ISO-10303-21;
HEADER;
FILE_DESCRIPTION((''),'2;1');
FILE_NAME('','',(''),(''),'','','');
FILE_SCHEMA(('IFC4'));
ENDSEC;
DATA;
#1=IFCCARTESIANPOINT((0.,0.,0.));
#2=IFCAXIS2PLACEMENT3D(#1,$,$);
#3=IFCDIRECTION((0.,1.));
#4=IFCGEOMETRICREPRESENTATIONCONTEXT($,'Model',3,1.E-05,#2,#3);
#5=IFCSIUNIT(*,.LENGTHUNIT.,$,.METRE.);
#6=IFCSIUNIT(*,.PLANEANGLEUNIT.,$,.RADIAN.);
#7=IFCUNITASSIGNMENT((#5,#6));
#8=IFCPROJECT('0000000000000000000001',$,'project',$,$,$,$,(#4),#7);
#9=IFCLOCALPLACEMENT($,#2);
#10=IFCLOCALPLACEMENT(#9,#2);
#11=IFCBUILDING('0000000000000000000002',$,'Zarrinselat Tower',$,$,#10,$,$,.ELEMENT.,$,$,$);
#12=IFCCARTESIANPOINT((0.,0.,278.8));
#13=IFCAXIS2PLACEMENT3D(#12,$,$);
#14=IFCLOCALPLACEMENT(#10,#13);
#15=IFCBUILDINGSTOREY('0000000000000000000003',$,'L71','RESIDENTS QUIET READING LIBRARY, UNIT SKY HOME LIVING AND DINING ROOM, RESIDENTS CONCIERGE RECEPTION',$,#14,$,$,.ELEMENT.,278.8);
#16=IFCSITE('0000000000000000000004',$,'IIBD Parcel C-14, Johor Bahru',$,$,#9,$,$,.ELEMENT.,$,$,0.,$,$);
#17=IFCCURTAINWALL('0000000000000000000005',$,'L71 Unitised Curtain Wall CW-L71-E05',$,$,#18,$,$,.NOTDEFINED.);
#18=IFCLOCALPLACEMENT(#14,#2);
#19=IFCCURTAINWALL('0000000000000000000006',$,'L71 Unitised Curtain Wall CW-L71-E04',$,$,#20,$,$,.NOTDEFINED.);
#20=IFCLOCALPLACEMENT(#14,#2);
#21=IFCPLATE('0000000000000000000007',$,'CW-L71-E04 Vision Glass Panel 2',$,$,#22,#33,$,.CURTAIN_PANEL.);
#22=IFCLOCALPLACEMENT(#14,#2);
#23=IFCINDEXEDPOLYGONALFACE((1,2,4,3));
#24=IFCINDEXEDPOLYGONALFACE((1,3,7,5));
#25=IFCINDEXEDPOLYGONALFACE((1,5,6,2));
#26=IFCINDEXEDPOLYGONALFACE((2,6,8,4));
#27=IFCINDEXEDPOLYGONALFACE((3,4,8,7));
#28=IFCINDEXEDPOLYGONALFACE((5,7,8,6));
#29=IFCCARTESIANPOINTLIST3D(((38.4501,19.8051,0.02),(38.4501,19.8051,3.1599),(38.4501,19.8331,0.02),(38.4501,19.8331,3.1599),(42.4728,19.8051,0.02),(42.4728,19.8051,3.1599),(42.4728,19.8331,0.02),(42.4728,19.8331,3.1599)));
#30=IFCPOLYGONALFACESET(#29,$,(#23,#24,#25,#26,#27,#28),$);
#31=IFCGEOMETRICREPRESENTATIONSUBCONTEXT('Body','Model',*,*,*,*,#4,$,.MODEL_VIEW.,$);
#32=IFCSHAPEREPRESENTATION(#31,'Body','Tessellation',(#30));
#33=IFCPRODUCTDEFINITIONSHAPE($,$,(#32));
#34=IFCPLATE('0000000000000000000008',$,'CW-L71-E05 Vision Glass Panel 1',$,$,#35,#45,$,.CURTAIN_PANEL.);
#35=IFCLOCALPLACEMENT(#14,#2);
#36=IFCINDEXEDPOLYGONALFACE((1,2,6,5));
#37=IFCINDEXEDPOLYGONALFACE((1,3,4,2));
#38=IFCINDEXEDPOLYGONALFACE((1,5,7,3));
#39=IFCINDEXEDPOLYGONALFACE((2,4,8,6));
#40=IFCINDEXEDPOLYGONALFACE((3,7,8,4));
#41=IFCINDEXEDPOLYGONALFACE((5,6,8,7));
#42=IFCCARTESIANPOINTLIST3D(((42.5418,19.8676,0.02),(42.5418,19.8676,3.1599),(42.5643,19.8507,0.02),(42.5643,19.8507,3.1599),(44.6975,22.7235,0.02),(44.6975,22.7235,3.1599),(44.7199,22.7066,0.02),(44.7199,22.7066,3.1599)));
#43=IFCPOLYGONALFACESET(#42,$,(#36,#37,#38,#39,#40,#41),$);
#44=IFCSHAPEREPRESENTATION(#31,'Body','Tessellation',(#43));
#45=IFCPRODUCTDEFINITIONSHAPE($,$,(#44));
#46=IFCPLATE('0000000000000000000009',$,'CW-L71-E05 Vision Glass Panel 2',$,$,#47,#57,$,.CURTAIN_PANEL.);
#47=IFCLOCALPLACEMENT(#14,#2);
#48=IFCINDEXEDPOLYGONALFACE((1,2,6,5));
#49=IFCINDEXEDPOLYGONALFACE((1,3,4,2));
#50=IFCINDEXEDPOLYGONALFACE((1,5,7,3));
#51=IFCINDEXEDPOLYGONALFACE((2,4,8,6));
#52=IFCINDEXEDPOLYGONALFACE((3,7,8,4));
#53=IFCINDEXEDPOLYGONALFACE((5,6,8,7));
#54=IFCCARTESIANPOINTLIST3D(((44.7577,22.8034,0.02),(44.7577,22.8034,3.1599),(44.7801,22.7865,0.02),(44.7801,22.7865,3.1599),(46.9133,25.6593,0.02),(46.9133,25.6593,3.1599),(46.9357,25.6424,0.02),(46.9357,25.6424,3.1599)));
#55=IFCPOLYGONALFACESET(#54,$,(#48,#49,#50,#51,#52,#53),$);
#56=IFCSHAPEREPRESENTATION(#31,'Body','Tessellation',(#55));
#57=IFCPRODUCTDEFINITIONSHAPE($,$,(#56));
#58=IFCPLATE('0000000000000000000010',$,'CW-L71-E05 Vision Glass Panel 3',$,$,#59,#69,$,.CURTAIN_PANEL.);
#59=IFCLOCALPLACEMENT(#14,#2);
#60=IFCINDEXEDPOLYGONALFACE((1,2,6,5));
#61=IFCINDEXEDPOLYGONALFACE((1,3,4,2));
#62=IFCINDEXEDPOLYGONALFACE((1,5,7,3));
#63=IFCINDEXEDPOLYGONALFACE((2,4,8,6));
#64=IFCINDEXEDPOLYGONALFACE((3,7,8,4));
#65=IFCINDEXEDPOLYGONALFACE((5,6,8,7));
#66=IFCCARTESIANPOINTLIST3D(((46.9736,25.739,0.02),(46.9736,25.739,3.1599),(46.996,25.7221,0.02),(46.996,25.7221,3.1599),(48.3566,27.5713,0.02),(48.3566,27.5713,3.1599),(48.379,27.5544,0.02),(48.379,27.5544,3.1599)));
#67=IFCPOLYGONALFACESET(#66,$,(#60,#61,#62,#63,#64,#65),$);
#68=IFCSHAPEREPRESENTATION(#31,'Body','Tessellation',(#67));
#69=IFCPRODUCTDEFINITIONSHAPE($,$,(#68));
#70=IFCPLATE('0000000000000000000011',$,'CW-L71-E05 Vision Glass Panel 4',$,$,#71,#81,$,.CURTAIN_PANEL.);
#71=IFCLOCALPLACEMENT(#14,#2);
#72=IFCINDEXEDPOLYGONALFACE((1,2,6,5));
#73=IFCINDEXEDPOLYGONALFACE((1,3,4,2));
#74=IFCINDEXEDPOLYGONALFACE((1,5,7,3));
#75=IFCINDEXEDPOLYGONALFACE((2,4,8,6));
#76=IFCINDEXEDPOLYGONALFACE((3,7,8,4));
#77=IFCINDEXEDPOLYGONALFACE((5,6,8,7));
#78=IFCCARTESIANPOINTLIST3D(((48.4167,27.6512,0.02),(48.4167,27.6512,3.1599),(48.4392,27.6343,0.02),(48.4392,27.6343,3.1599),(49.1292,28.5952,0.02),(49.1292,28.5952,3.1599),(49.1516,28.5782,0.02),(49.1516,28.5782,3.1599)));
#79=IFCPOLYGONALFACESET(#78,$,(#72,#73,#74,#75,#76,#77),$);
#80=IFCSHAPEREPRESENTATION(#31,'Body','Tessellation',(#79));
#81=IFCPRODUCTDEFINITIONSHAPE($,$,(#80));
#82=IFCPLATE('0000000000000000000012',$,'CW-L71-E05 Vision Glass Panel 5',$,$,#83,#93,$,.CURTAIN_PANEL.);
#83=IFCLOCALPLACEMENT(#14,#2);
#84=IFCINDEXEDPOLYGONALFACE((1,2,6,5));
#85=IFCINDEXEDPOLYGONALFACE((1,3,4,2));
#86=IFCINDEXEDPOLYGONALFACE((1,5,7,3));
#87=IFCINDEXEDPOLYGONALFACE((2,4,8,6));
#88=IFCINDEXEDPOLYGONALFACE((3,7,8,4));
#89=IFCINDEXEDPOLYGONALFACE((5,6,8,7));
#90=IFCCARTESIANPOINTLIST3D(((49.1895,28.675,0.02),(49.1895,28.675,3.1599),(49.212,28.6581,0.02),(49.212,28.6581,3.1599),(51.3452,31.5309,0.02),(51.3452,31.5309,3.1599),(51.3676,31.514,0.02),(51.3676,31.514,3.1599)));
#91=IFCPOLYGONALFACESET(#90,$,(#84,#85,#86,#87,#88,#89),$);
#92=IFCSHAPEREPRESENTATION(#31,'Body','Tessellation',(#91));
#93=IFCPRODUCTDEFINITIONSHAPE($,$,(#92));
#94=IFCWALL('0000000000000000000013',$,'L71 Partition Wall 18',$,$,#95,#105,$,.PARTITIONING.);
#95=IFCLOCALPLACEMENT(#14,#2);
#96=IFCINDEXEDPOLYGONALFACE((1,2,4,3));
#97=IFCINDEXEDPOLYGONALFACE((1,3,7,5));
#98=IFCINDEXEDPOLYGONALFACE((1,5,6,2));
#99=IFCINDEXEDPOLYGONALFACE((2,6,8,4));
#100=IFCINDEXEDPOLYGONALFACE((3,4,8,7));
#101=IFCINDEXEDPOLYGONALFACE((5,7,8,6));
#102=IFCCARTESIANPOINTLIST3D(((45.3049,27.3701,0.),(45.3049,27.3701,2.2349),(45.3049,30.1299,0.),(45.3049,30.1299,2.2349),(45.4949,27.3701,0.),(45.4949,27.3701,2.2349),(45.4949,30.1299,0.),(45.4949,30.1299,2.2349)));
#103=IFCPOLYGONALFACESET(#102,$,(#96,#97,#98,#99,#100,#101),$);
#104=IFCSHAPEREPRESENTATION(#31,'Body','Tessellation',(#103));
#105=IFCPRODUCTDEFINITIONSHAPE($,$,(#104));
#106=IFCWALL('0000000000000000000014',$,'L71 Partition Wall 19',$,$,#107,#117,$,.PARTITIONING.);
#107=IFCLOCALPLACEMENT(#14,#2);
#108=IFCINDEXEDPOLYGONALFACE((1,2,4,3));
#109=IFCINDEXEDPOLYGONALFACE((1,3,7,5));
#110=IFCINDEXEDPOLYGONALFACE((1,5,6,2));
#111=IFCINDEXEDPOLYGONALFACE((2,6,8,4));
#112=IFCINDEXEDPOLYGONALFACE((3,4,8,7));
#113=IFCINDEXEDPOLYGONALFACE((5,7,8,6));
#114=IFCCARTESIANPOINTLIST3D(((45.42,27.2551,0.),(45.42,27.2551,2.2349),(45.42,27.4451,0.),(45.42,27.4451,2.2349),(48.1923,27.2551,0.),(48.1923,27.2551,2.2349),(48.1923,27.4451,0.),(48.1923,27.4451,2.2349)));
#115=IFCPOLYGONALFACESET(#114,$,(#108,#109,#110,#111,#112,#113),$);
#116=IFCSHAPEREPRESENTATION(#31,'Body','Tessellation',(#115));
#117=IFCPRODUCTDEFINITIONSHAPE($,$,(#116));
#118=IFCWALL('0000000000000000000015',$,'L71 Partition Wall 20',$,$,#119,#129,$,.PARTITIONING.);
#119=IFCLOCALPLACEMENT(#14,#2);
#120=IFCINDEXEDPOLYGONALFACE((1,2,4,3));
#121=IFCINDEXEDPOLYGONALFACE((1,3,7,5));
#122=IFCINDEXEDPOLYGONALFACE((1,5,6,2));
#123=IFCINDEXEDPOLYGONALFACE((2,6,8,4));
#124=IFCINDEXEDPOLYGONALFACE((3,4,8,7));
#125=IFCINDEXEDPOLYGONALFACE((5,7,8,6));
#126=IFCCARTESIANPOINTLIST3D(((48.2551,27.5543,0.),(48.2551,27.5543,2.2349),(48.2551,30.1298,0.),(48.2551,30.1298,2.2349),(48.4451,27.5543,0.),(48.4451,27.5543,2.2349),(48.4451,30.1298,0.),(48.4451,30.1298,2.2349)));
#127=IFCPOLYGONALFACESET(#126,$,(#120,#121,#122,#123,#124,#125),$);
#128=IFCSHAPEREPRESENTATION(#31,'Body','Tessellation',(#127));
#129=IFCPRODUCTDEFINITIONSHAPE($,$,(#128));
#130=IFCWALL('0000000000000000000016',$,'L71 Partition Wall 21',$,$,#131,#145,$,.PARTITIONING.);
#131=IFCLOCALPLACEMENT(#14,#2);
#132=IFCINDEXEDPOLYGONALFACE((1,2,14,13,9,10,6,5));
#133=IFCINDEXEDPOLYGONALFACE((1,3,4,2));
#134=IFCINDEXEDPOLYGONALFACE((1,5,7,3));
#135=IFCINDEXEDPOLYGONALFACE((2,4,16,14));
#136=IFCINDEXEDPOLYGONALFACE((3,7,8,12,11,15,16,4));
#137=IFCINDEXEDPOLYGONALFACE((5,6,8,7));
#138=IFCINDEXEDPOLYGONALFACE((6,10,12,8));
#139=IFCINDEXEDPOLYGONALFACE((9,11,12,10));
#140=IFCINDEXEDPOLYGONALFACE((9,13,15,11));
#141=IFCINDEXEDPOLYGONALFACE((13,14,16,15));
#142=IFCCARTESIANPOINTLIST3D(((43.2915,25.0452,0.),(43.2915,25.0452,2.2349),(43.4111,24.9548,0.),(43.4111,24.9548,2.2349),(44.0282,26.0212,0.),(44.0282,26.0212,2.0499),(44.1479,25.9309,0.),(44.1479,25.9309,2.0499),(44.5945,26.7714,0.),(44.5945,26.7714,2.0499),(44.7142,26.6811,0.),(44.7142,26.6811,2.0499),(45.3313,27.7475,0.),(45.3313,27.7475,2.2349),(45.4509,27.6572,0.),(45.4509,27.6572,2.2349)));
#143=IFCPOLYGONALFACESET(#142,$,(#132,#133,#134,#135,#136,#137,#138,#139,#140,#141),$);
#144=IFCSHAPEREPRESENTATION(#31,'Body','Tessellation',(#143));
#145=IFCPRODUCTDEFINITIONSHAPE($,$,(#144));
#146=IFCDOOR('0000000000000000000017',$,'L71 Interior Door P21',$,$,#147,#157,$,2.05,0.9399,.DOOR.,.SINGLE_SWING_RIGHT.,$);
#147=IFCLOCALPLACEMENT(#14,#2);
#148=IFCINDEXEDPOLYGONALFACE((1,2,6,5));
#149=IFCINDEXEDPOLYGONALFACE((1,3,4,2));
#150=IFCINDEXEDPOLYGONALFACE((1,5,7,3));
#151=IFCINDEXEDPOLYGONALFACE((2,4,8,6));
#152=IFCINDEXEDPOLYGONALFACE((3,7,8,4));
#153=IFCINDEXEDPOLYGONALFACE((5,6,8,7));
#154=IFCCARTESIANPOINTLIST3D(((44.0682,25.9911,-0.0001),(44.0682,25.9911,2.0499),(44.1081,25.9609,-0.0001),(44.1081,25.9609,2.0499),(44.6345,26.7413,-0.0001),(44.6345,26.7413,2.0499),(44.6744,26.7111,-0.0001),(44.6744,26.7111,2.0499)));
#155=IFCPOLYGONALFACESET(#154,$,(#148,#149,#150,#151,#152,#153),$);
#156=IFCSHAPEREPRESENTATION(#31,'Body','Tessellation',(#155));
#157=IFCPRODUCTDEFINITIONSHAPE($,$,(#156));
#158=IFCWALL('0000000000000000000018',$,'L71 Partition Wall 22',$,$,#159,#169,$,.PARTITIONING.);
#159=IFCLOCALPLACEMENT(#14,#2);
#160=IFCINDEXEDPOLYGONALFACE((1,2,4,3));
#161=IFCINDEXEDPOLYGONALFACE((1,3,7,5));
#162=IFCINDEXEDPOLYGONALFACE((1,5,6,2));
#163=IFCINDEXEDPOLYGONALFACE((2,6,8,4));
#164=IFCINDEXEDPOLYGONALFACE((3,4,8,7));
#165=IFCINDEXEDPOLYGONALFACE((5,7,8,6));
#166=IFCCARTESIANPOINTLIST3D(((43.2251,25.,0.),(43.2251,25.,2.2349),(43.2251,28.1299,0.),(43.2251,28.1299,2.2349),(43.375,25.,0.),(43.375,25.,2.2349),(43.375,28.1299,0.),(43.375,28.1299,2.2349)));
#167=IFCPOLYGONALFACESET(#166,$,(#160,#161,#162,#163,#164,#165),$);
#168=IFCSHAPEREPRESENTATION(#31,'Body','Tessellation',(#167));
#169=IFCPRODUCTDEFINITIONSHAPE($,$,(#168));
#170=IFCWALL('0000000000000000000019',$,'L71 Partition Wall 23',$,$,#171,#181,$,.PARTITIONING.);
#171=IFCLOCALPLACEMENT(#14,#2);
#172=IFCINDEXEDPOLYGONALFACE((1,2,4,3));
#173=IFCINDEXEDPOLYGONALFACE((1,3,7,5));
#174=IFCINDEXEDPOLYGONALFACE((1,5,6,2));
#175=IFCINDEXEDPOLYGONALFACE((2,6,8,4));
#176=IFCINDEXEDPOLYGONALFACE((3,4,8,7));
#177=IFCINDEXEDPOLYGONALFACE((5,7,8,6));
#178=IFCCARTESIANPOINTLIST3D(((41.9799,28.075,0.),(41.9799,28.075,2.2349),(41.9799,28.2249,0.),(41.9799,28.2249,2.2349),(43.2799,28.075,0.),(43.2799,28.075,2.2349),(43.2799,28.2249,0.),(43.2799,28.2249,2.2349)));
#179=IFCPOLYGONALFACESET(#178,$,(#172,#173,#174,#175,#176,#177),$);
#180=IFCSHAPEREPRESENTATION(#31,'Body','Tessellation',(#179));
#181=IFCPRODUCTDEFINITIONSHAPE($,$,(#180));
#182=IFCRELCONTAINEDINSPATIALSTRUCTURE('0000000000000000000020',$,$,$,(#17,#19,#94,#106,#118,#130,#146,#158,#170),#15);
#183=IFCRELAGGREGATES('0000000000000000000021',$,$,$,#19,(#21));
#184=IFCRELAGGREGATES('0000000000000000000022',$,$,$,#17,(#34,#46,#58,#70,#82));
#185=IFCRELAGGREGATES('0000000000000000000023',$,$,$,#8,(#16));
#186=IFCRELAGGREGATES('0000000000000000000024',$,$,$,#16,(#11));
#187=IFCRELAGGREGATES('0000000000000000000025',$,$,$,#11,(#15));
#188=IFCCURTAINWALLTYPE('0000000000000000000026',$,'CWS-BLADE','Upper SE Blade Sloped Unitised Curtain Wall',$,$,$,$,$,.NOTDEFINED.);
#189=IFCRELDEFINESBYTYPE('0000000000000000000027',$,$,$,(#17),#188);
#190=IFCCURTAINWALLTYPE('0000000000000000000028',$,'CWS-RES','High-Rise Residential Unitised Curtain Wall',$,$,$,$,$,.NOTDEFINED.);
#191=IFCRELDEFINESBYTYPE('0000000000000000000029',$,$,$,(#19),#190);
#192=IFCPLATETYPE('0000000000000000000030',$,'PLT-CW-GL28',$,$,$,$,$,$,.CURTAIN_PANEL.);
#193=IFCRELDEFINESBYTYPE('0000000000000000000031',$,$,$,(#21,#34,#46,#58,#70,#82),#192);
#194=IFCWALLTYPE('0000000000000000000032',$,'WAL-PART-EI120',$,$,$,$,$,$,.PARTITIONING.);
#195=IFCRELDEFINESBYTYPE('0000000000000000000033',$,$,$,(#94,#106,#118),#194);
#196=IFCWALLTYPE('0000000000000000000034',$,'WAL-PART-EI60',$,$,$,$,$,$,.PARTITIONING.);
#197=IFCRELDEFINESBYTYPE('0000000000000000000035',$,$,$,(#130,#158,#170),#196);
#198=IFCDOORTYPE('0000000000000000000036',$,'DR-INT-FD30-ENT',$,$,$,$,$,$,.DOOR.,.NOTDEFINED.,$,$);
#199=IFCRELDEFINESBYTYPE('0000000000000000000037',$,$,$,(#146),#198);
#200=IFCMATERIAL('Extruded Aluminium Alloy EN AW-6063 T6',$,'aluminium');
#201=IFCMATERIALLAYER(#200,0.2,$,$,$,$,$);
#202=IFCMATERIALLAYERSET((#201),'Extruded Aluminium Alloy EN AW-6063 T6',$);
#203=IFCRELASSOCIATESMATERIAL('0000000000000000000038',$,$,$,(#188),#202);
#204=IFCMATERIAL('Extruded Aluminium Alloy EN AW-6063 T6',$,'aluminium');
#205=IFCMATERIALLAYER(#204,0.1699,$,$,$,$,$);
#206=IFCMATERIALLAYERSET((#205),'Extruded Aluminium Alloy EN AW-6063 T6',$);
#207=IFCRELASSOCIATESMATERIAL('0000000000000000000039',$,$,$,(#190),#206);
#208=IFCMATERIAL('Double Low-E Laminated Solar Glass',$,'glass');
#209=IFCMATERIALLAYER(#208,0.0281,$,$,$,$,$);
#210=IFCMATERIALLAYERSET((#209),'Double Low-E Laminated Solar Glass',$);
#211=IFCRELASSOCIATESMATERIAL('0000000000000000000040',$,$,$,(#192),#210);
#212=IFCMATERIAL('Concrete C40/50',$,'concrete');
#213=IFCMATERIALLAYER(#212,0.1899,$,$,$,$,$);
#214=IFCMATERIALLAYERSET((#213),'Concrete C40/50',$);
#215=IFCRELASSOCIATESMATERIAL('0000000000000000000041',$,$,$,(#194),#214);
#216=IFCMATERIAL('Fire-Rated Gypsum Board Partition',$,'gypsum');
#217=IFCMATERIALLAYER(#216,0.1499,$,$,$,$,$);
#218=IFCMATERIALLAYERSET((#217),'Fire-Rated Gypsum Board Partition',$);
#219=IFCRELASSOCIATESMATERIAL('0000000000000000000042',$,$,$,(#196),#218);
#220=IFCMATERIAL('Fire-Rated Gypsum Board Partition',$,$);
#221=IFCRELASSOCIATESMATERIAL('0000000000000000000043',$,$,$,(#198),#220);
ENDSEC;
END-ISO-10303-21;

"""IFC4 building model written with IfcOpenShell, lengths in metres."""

from ifc_helpers import new_model, si_unit, direction, frame, frame_2d, origin, origin_2d, place, context, subcontext, project, spatial, rectangle, extrude, material, layer, layer_set, type_object, element, fill, aggregate, save


model = new_model("IFC4")

# Units and contexts
model_context = context("Model", 3, precision=1e-05, world=origin(), true_north=direction((0.0, 1.0)))
body_context = subcontext(model_context, "Body", "Model", "MODEL_VIEW")
ifc_project = project(units=[si_unit("LENGTHUNIT", "METRE"), si_unit("PLANEANGLEUNIT", "RADIAN")], contexts=[model_context])

# Site, building, storey
site_placement = place(None, origin())
site = spatial("IfcSite", under=ifc_project, at=site_placement, Name="IIBD Parcel C-14, Johor Bahru", CompositionType="ELEMENT", RefElevation=0.0)
building_placement = place(site_placement, origin())
building = spatial("IfcBuilding", under=site, at=building_placement, Name="Zarrinselat Tower", CompositionType="ELEMENT")
storey_placement = place(building_placement, frame((0.0, 0.0, 278.8)))
storey = spatial("IfcBuildingStorey", under=building, at=storey_placement, Name="L71", Description="RESIDENTS QUIET READING LIBRARY, UNIT SKY HOME LIVING AND DINING ROOM, RESIDENTS CONCIERGE RECEPTION", CompositionType="ELEMENT", Elevation=278.8)

# Curtain wall
ifc_material_1 = material(Name="Extruded Aluminium Alloy EN AW-6063 T6", Category="aluminium")
ifc_layer_1 = layer(ifc_material_1, 0.2)
ifc_layer_set_1 = layer_set([ifc_layer_1], Name="Extruded Aluminium Alloy EN AW-6063 T6")
curtain_wall_type_1 = type_object("IfcCurtainWallType", Name="CWS-BLADE", Description="Upper SE Blade Sloped Unitised Curtain Wall", PredefinedType="NOTDEFINED", material=ifc_layer_set_1)
curtain_wall_1_placement = place(storey_placement, origin())
curtain_wall_1 = element("IfcCurtainWall", 1, at=curtain_wall_1_placement, inside=storey, type_object=curtain_wall_type_1, Name="L71 Unitised Curtain Wall CW-L71-E05", PredefinedType="NOTDEFINED")

# Curtain wall
ifc_material_2 = material(Name="Extruded Aluminium Alloy EN AW-6063 T6", Category="aluminium")
ifc_layer_2 = layer(ifc_material_2, 0.1699)
ifc_layer_set_2 = layer_set([ifc_layer_2], Name="Extruded Aluminium Alloy EN AW-6063 T6")
curtain_wall_type_2 = type_object("IfcCurtainWallType", Name="CWS-RES", Description="High-Rise Residential Unitised Curtain Wall", PredefinedType="NOTDEFINED", material=ifc_layer_set_2)
curtain_wall_2_placement = place(storey_placement, origin())
curtain_wall_2 = element("IfcCurtainWall", 2, at=curtain_wall_2_placement, inside=storey, type_object=curtain_wall_type_2, Name="L71 Unitised Curtain Wall CW-L71-E04", PredefinedType="NOTDEFINED")

# Plates
ifc_material_3 = material(Name="Double Low-E Laminated Solar Glass", Category="glass")
ifc_layer_3 = layer(ifc_material_3, 0.0281)
ifc_layer_set_3 = layer_set([ifc_layer_3], Name="Double Low-E Laminated Solar Glass")
plate_type = type_object("IfcPlateType", Name="PLT-CW-GL28", PredefinedType="CURTAIN_PANEL", material=ifc_layer_set_3)
plate_1_placement = place(storey_placement, frame((40.4614, 19.8191, 0.02), z_axis=(0.0, 0.0, 1.0), x_axis=(1.0, 0.0, 0.0)))
plate_1 = element("IfcPlate", 3, at=plate_1_placement, type_object=plate_type, Name="CW-L71-E04 Vision Glass Panel 2", PredefinedType="CURTAIN_PANEL", context=body_context, shape_type="SweptSolid", body=[
    extrude(rectangle(XDim=4.0227, YDim=0.0281, at=origin_2d()), origin(), (0.0, 0.0, 1.0), 3.1399),
])
aggregate(curtain_wall_2, [plate_1])
plate_2_placement = place(storey_placement, frame((43.6309, 21.2871, 0.02), z_axis=(0.0, 0.0, 1.0), x_axis=(0.602445, 0.79816, 0.0)))
plate_2 = element("IfcPlate", 4, at=plate_2_placement, type_object=plate_type, Name="CW-L71-E05 Vision Glass Panel 1", PredefinedType="CURTAIN_PANEL", context=body_context, shape_type="SweptSolid", body=[
    extrude(rectangle(XDim=3.5781, YDim=0.0281, at=origin_2d()), origin(), (0.0, 0.0, 1.0), 3.1399),
])
plate_3_placement = place(storey_placement, frame((45.8467, 24.2229, 0.02), z_axis=(0.0, 0.0, 1.0), x_axis=(0.602445, 0.79816, 0.0)))
plate_3 = element("IfcPlate", 5, at=plate_3_placement, type_object=plate_type, Name="CW-L71-E05 Vision Glass Panel 2", PredefinedType="CURTAIN_PANEL", context=body_context, shape_type="SweptSolid", body=[
    extrude(rectangle(XDim=3.5781, YDim=0.0281, at=origin_2d()), origin(), (0.0, 0.0, 1.0), 3.1399),
])
plate_4_placement = place(storey_placement, frame((47.6763, 26.6467, 0.02), z_axis=(0.0, 0.0, 1.0), x_axis=(0.602445, 0.79816, 0.0)))
plate_4 = element("IfcPlate", 6, at=plate_4_placement, type_object=plate_type, Name="CW-L71-E05 Vision Glass Panel 3", PredefinedType="CURTAIN_PANEL", context=body_context, shape_type="SweptSolid", body=[
    extrude(rectangle(XDim=2.2957, YDim=0.0281, at=origin_2d()), origin(), (0.0, 0.0, 1.0), 3.1399),
])
plate_5_placement = place(storey_placement, frame((48.7842, 28.1147, 0.02), z_axis=(0.0, 0.0, 1.0), x_axis=(0.602445, 0.79816, 0.0)))
plate_5 = element("IfcPlate", 7, at=plate_5_placement, type_object=plate_type, Name="CW-L71-E05 Vision Glass Panel 4", PredefinedType="CURTAIN_PANEL", context=body_context, shape_type="SweptSolid", body=[
    extrude(rectangle(XDim=1.1826, YDim=0.0281, at=origin_2d()), origin(), (0.0, 0.0, 1.0), 3.1399),
])
plate_6_placement = place(storey_placement, frame((50.2786, 30.0945, 0.02), z_axis=(0.0, 0.0, 1.0), x_axis=(0.602445, 0.79816, 0.0)))
plate_6 = element("IfcPlate", 8, at=plate_6_placement, type_object=plate_type, Name="CW-L71-E05 Vision Glass Panel 5", PredefinedType="CURTAIN_PANEL", context=body_context, shape_type="SweptSolid", body=[
    extrude(rectangle(XDim=3.5781, YDim=0.0281, at=origin_2d()), origin(), (0.0, 0.0, 1.0), 3.1399),
])
aggregate(curtain_wall_1, [plate_2, plate_3, plate_4, plate_5, plate_6])

# Walls
ifc_material_4 = material(Name="Concrete C40/50", Category="concrete")
ifc_layer_4 = layer(ifc_material_4, 0.1899)
ifc_layer_set_4 = layer_set([ifc_layer_4], Name="Concrete C40/50")
wall_type_1 = type_object("IfcWallType", Name="WAL-PART-EI120", PredefinedType="PARTITIONING", material=ifc_layer_set_4)
wall_1_placement = place(storey_placement, frame((45.3999, 27.3701, 0.0), z_axis=(0.0, 0.0, 1.0), x_axis=(0.0, 1.0, 0.0)))
element("IfcWall", 9, at=wall_1_placement, inside=storey, type_object=wall_type_1, Name="L71 Partition Wall 18", PredefinedType="PARTITIONING", context=body_context, shape_type="SweptSolid", body=[
    extrude(rectangle(XDim=2.7598, YDim=0.1899, at=frame_2d((1.3799, 0.0))), origin(), (0.0, 0.0, 1.0), 2.2349),
])
wall_2_placement = place(storey_placement, frame((45.4199, 27.3501, 0.0), z_axis=(0.0, 0.0, 1.0), x_axis=(1.0, 0.0, 0.0)))
element("IfcWall", 10, at=wall_2_placement, inside=storey, type_object=wall_type_1, Name="L71 Partition Wall 19", PredefinedType="PARTITIONING", context=body_context, shape_type="SweptSolid", body=[
    extrude(rectangle(XDim=2.7722, YDim=0.1899, at=frame_2d((1.3862, 0.0))), origin(), (0.0, 0.0, 1.0), 2.2349),
])
wall_3_placement = place(storey_placement, frame((48.3501, 27.5544, 0.0), z_axis=(0.0, 0.0, 1.0), x_axis=(0.0, 1.0, 0.0)))
element("IfcWall", 11, at=wall_3_placement, inside=storey, type_object=wall_type_1, Name="L71 Partition Wall 20", PredefinedType="PARTITIONING", context=body_context, shape_type="SweptSolid", body=[
    extrude(rectangle(XDim=2.5754, YDim=0.1899, at=frame_2d((1.2876, 0.0))), origin(), (0.0, 0.0, 1.0), 2.2349),
])

# Wall, opening, door
ifc_material_5 = material(Name="Fire-Rated Gypsum Board Partition", Category="gypsum")
ifc_layer_5 = layer(ifc_material_5, 0.1499)
ifc_layer_set_5 = layer_set([ifc_layer_5], Name="Fire-Rated Gypsum Board Partition")
wall_type_2 = type_object("IfcWallType", Name="WAL-PART-EI60", PredefinedType="PARTITIONING", material=ifc_layer_set_5)
wall_4_placement = place(storey_placement, frame((43.3513, 25.0, 0.0), z_axis=(0.0, 0.0, 1.0), x_axis=(0.602455, 0.798153, 0.0)))
wall_4 = element("IfcWall", 12, at=wall_4_placement, inside=storey, type_object=wall_type_2, Name="L71 Partition Wall 21", PredefinedType="PARTITIONING", context=body_context, shape_type="SweptSolid", body=[
    extrude(rectangle(XDim=3.3857, YDim=0.1499, at=frame_2d((1.6929, 0.0))), origin(), (0.0, 0.0, 1.0), 2.2349),
])
opening_placement = place(wall_4_placement, frame((1.2229, 0.0, 0.0)))
opening = element("IfcOpeningElement", 13, at=opening_placement, cuts=wall_4, PredefinedType="OPENING", context=body_context, shape_type="SweptSolid", body=[
    extrude(rectangle(XDim=0.9399, YDim=2.05, at=frame_2d((0.47, 1.0249))), frame((0.0, 0.085, 0.0), z_axis=(0.0, -1.0, 0.0), x_axis=(1.0, 0.0, 0.0)), (0.0, 0.0, 1.0), 0.1699),
])
ifc_material_6 = material(Name="Fire-Rated Gypsum Board Partition")
door_type = type_object("IfcDoorType", Name="DR-INT-FD30-ENT", OperationType="NOTDEFINED", PredefinedType="DOOR", material=ifc_material_6)
door_placement = place(opening_placement, origin())
door = element("IfcDoor", 14, at=door_placement, inside=storey, type_object=door_type, Name="L71 Interior Door P21", OperationType="SINGLE_SWING_RIGHT", OverallHeight=2.05, OverallWidth=0.9399, PredefinedType="DOOR", context=body_context, shape_type="SweptSolid", body=[
    extrude(rectangle(XDim=0.9399, YDim=2.05, at=frame_2d((0.47, 1.0249))), frame((0.0, 0.0249, 0.0), z_axis=(0.0, -1.0, 0.0), x_axis=(1.0, 0.0, 0.0)), (0.0, 0.0, 1.0), 0.05),
])
fill(opening, door)

# Walls
wall_5_placement = place(storey_placement, frame((43.3, 25.0, 0.0), z_axis=(0.0, 0.0, 1.0), x_axis=(0.0, 1.0, 0.0)))
element("IfcWall", 15, at=wall_5_placement, inside=storey, type_object=wall_type_2, Name="L71 Partition Wall 22", PredefinedType="PARTITIONING", context=body_context, shape_type="SweptSolid", body=[
    extrude(rectangle(XDim=3.1299, YDim=0.1499, at=frame_2d((1.5649, 0.0))), origin(), (0.0, 0.0, 1.0), 2.2349),
])
wall_6_placement = place(storey_placement, frame((41.98, 28.1499, 0.0), z_axis=(0.0, 0.0, 1.0), x_axis=(1.0, 0.0, 0.0)))
element("IfcWall", 16, at=wall_6_placement, inside=storey, type_object=wall_type_2, Name="L71 Partition Wall 23", PredefinedType="PARTITIONING", context=body_context, shape_type="SweptSolid", body=[
    extrude(rectangle(XDim=1.3, YDim=0.1499, at=frame_2d((0.6499, 0.0))), origin(), (0.0, 0.0, 1.0), 2.2349),
])

save(model, "model.ifc")
